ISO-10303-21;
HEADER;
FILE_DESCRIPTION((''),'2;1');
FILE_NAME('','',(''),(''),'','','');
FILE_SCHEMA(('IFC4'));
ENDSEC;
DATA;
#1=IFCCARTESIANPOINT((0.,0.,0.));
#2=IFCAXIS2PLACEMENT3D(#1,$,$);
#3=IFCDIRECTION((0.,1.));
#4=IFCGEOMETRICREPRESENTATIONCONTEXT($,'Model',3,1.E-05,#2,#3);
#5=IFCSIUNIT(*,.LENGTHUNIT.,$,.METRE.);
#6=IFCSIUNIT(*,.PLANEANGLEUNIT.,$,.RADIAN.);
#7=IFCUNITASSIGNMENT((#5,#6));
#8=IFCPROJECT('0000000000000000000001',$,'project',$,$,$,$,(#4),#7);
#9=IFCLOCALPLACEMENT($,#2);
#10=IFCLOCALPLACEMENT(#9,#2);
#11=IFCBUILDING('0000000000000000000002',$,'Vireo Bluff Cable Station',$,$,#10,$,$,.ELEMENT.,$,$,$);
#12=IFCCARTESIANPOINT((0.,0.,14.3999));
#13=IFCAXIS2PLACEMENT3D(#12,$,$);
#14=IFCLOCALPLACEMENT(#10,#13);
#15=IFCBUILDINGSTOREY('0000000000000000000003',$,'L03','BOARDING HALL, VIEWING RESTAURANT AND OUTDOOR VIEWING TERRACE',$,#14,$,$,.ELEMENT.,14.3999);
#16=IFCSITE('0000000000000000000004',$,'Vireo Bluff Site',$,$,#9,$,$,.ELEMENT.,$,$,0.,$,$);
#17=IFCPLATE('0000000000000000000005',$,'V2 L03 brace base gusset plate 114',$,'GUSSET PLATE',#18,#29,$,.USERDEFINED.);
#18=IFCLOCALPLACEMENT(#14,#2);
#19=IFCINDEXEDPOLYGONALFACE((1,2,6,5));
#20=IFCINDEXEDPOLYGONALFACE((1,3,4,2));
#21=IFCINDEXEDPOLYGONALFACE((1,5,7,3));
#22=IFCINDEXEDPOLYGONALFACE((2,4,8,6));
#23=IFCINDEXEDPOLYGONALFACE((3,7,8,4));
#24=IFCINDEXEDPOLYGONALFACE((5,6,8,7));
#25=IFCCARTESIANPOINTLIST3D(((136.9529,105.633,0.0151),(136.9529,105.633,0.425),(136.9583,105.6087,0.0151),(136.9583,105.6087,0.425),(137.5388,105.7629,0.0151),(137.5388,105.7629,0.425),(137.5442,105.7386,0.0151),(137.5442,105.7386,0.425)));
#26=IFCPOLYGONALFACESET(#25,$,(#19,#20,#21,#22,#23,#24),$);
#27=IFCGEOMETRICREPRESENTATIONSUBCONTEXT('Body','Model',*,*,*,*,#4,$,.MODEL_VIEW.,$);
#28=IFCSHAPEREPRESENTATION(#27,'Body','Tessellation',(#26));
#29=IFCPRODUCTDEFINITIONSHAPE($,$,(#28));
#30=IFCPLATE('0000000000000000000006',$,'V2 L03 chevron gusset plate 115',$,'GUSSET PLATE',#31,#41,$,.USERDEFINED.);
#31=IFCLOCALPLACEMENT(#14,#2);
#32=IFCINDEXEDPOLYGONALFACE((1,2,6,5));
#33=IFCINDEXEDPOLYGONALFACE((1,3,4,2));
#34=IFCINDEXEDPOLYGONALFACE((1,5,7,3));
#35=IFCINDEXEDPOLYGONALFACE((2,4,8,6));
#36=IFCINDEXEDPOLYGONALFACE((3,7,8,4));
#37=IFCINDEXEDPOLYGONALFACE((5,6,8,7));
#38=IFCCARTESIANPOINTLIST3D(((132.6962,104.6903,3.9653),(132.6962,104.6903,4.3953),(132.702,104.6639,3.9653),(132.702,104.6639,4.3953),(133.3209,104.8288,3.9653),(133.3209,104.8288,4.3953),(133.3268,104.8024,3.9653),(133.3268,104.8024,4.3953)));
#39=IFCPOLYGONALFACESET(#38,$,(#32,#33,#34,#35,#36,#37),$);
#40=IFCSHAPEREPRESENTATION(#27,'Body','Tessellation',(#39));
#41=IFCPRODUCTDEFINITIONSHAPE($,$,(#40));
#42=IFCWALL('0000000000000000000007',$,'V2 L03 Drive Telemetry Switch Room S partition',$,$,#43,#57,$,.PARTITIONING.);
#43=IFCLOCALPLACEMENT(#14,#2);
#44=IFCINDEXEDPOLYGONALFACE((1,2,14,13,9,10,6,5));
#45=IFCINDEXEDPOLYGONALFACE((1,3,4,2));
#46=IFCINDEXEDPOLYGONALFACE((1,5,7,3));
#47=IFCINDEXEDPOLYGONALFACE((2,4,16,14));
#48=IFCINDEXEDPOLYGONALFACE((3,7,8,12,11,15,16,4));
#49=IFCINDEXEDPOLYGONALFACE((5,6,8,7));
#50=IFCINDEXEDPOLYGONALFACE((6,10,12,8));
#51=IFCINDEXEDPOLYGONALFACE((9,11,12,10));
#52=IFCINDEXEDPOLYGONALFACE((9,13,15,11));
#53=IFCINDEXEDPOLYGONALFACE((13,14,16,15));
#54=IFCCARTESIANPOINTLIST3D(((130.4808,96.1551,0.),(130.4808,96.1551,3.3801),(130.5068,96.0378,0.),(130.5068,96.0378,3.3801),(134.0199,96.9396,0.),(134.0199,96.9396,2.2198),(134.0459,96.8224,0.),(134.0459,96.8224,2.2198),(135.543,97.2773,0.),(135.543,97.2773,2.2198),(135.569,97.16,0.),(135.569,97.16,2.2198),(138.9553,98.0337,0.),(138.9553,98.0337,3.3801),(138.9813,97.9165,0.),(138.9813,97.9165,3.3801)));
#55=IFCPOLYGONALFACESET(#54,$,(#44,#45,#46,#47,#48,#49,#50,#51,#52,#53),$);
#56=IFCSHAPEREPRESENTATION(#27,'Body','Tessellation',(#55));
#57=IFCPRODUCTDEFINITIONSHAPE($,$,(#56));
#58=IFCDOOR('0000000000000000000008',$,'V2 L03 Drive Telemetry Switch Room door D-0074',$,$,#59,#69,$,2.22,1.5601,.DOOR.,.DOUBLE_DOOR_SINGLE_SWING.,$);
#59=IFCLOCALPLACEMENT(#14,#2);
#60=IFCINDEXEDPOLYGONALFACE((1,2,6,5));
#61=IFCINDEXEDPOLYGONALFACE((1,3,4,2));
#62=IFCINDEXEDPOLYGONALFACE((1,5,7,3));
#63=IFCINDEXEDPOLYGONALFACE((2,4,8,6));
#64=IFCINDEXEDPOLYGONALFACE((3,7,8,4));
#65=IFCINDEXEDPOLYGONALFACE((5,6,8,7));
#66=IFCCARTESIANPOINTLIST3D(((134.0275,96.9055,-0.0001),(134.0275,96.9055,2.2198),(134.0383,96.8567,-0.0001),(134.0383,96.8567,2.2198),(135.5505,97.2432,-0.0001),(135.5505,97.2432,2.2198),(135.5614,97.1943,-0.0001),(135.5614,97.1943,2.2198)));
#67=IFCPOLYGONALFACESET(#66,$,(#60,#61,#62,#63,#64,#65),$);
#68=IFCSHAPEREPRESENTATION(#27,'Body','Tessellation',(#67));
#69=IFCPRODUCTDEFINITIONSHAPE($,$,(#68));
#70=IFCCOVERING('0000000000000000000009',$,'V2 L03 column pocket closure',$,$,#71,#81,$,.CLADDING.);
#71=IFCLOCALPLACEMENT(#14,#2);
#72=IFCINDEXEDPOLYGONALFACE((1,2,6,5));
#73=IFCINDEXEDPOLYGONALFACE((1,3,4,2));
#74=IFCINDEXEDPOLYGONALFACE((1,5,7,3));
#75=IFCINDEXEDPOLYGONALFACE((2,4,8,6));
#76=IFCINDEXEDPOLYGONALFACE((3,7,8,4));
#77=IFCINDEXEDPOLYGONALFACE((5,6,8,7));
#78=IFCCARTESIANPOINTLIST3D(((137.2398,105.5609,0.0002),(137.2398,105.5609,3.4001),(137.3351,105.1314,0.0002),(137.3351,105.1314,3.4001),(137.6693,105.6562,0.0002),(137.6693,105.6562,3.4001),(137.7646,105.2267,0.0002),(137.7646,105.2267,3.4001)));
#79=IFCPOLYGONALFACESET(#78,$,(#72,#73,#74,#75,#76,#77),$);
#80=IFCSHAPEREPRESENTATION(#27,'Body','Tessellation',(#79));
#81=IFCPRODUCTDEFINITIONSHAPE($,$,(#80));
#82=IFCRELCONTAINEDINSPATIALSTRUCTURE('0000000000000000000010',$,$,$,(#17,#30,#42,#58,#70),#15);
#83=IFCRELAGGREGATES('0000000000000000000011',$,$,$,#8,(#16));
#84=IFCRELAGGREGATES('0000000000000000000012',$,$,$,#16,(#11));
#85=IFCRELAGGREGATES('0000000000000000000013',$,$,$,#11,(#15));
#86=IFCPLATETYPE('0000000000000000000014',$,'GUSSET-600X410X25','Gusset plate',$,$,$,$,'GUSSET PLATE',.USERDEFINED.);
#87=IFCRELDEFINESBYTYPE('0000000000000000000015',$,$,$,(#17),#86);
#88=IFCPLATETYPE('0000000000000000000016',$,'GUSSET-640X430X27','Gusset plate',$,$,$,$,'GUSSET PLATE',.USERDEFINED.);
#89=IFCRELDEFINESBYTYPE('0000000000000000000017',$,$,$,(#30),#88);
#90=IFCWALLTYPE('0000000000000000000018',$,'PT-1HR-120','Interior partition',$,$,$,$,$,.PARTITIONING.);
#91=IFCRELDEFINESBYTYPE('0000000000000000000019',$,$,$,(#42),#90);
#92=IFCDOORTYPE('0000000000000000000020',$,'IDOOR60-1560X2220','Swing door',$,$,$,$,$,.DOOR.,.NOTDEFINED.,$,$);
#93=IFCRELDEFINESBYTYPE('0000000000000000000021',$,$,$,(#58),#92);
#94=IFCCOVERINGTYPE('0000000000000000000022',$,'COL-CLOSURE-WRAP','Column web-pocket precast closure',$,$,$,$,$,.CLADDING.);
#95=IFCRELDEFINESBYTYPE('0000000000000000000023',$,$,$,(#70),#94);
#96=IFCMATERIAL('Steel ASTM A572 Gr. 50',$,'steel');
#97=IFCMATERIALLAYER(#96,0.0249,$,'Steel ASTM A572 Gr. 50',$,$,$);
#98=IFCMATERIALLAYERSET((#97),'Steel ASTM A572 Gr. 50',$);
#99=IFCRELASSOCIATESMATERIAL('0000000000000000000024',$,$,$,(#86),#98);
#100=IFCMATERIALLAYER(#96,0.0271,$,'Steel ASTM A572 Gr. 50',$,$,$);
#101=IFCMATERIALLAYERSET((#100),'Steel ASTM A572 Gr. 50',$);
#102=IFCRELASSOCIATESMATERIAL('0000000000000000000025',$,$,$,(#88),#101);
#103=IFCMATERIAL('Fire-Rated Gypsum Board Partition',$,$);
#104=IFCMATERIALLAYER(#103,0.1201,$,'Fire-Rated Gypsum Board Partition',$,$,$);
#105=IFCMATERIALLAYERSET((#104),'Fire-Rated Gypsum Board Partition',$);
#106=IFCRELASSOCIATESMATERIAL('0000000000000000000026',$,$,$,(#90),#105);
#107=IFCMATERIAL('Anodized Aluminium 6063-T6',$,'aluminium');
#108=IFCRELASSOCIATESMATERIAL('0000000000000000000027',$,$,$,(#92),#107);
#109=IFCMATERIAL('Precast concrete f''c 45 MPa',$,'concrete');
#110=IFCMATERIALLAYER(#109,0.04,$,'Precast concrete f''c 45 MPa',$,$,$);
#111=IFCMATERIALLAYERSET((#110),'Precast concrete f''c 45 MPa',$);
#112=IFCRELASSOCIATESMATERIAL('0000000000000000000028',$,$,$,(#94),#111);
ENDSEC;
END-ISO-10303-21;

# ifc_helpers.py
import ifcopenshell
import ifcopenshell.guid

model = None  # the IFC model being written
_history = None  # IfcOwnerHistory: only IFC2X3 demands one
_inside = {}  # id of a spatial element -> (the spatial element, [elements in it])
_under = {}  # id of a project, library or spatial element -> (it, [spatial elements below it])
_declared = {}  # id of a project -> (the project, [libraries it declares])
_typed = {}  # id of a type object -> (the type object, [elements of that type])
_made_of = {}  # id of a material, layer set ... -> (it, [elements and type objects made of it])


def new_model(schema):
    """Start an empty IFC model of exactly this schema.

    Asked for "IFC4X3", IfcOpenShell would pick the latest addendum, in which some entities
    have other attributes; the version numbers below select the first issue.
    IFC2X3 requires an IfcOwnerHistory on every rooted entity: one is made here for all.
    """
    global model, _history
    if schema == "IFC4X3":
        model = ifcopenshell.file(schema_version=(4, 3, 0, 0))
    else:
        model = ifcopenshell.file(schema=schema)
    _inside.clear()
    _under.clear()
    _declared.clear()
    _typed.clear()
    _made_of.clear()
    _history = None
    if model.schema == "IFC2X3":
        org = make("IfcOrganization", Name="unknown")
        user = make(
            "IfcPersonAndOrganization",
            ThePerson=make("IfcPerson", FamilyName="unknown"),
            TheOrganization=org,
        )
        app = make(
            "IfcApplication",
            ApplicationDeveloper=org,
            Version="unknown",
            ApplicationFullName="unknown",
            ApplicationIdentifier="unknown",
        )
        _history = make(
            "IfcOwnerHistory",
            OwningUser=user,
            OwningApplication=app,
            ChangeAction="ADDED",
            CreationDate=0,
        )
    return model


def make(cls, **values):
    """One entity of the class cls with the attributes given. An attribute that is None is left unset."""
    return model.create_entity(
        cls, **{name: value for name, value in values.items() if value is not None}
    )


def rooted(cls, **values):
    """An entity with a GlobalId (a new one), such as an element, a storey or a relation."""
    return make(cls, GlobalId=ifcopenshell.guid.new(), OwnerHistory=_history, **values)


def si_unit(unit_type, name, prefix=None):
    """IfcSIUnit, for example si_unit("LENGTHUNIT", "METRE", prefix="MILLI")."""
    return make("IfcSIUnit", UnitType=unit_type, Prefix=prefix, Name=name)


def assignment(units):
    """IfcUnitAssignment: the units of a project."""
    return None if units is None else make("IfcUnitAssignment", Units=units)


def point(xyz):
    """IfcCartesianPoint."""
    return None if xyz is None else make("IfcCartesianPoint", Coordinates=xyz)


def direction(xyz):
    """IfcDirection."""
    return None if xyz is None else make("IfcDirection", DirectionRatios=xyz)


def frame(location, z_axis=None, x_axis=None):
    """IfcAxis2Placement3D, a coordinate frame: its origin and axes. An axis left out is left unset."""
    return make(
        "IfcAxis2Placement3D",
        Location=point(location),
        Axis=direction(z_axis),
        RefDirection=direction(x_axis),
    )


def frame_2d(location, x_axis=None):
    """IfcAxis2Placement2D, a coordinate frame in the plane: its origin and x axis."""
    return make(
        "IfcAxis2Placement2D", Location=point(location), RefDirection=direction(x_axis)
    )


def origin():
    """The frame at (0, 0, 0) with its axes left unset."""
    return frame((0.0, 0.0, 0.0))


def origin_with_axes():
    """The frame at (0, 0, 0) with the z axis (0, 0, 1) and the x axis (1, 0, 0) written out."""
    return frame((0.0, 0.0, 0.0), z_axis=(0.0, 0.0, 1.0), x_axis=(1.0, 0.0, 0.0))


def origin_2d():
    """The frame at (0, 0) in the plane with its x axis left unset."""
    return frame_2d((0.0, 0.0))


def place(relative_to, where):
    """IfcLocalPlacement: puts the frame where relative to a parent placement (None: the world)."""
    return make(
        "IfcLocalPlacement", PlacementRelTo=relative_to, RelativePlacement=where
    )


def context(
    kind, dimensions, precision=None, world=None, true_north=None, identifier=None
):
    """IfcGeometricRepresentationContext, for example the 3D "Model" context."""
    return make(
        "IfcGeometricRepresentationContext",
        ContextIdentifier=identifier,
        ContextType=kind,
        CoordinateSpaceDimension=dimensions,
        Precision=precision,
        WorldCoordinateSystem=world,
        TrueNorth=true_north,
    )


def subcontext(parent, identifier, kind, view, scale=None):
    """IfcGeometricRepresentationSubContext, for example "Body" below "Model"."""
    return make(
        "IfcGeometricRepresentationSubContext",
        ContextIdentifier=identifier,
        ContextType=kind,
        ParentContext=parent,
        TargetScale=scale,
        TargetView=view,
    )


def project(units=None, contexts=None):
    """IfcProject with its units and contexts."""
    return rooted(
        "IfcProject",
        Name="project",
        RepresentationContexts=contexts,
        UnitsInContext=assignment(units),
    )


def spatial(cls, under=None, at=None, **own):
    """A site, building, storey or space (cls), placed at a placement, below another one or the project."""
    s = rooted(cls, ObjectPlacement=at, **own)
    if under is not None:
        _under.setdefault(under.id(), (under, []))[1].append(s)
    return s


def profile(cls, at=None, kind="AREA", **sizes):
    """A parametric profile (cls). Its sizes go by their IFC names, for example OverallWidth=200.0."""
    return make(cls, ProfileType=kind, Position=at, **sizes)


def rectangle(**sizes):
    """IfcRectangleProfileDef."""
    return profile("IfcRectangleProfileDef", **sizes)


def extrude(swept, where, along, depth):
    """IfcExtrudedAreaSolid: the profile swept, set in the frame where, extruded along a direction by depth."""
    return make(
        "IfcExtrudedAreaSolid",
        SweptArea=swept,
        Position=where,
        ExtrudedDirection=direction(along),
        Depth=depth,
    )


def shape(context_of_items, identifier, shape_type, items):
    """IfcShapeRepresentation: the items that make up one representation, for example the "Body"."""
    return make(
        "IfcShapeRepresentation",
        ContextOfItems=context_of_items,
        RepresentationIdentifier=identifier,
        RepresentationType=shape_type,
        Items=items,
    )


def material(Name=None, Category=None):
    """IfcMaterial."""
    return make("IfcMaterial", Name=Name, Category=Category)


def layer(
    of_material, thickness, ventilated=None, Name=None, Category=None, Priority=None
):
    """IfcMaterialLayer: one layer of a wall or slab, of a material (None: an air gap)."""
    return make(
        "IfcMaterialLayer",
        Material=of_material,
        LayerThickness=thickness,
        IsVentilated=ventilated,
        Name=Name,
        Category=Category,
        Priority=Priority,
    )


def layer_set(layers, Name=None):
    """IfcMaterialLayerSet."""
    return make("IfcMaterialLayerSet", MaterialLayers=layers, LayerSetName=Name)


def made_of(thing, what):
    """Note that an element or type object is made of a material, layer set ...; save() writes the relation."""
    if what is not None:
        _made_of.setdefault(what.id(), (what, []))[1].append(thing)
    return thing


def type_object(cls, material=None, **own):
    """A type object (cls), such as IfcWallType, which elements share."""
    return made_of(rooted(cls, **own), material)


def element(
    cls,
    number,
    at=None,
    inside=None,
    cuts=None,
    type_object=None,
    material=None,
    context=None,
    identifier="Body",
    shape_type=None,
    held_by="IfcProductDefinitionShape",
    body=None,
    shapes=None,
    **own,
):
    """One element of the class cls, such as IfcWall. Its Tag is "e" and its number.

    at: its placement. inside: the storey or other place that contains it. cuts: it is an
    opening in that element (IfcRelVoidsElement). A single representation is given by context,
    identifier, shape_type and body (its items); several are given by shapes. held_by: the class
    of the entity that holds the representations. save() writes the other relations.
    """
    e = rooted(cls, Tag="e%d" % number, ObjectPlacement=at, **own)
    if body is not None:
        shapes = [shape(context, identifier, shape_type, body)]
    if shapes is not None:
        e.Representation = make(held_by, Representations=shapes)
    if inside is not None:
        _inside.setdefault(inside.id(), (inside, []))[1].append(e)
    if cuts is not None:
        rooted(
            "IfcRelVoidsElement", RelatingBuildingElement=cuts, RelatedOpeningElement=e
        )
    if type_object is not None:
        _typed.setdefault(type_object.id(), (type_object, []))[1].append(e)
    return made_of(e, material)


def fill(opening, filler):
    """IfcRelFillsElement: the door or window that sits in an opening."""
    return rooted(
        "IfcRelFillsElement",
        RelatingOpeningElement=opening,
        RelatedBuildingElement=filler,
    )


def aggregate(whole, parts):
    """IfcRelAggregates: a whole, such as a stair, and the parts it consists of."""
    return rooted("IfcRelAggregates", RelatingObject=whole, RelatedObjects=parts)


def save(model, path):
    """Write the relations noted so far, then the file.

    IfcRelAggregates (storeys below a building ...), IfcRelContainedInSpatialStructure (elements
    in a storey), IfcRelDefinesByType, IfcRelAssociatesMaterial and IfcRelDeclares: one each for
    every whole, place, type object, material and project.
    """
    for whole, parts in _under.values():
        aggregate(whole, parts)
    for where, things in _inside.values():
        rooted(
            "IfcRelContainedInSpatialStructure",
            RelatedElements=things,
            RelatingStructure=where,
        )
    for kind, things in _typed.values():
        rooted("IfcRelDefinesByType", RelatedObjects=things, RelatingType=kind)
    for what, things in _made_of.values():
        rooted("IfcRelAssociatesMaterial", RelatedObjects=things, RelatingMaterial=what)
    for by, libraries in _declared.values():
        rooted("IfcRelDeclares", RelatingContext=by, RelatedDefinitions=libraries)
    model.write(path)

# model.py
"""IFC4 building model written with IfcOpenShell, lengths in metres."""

from ifc_helpers import new_model, si_unit, direction, frame, frame_2d, origin, origin_with_axes, origin_2d, place, context, subcontext, project, spatial, rectangle, extrude, material, layer, layer_set, type_object, element, fill, save


model = new_model("IFC4")

# Units and contexts
model_context = context("Model", 3, precision=1e-05, world=origin(), true_north=direction((0.0, 1.0)))
body_context = subcontext(model_context, "Body", "Model", "MODEL_VIEW")
ifc_project = project(units=[si_unit("LENGTHUNIT", "METRE"), si_unit("PLANEANGLEUNIT", "RADIAN")], contexts=[model_context])

# Site, building, storey
site_placement = place(None, origin())
site = spatial("IfcSite", under=ifc_project, at=site_placement, Name="Vireo Bluff Site", CompositionType="ELEMENT", RefElevation=0.0)
building_placement = place(site_placement, origin())
building = spatial("IfcBuilding", under=site, at=building_placement, Name="Vireo Bluff Cable Station", CompositionType="ELEMENT")
storey_placement = place(building_placement, frame((0.0, 0.0, 14.3999)))
storey = spatial("IfcBuildingStorey", under=building, at=storey_placement, Name="L03", Description="BOARDING HALL, VIEWING RESTAURANT AND OUTDOOR VIEWING TERRACE", CompositionType="ELEMENT", Elevation=14.3999)

# Shared definitions
ifc_material_1 = material(Name="Anodized Aluminium 6063-T6", Category="aluminium")

# Plates
ifc_material_2 = material(Name="Steel ASTM A572 Gr. 50", Category="steel")
ifc_layer_1 = layer(ifc_material_2, 0.0249, Name="Steel ASTM A572 Gr. 50")
ifc_layer_set_1 = layer_set([ifc_layer_1], Name="Steel ASTM A572 Gr. 50")
plate_type_1 = type_object("IfcPlateType", Name="GUSSET-600X410X25", Description="Gusset plate", ElementType="GUSSET PLATE", PredefinedType="USERDEFINED", material=ifc_layer_set_1)
plate_1_placement = place(storey_placement, frame((137.2485, 105.6858, 0.0151), z_axis=(0.0, 0.0, 1.0), x_axis=(0.976296, 0.21644, 0.0)))
element("IfcPlate", 1, at=plate_1_placement, inside=storey, type_object=plate_type_1, Name="V2 L03 brace base gusset plate 114", ObjectType="GUSSET PLATE", PredefinedType="USERDEFINED", context=body_context, shape_type="SweptSolid", body=[
    extrude(rectangle(XDim=0.6001, YDim=0.0249, at=origin_2d()), origin(), (0.0, 0.0, 1.0), 0.4099),
])
ifc_layer_2 = layer(ifc_material_2, 0.0271, Name="Steel ASTM A572 Gr. 50")
ifc_layer_set_2 = layer_set([ifc_layer_2], Name="Steel ASTM A572 Gr. 50")
plate_type_2 = type_object("IfcPlateType", Name="GUSSET-640X430X27", Description="Gusset plate", ElementType="GUSSET PLATE", PredefinedType="USERDEFINED", material=ifc_layer_set_2)
plate_2_placement = place(storey_placement, frame((133.0115, 104.7463, 3.9653), z_axis=(0.0, 0.0, 1.0), x_axis=(0.976296, 0.21644, 0.0)))
element("IfcPlate", 2, at=plate_2_placement, inside=storey, type_object=plate_type_2, Name="V2 L03 chevron gusset plate 115", ObjectType="GUSSET PLATE", PredefinedType="USERDEFINED", context=body_context, shape_type="SweptSolid", body=[
    extrude(rectangle(XDim=0.6399, YDim=0.0271, at=origin_2d()), origin(), (0.0, 0.0, 1.0), 0.4299),
])

# Wall, opening, door
ifc_material_3 = material(Name="Fire-Rated Gypsum Board Partition")
ifc_layer_3 = layer(ifc_material_3, 0.1201, Name="Fire-Rated Gypsum Board Partition")
ifc_layer_set_3 = layer_set([ifc_layer_3], Name="Fire-Rated Gypsum Board Partition")
wall_type = type_object("IfcWallType", Name="PT-1HR-120", Description="Interior partition", PredefinedType="PARTITIONING", material=ifc_layer_set_3)
wall_placement = place(storey_placement, frame((138.9683, 97.9751, 0.0), z_axis=(0.0, 0.0, 1.0), x_axis=(-0.976297, -0.216433, 0.0)))
wall = element("IfcWall", 3, at=wall_placement, inside=storey, type_object=wall_type, Name="V2 L03 Drive Telemetry Switch Room S partition", PredefinedType="PARTITIONING", context=body_context, shape_type="SweptSolid", body=[
    extrude(rectangle(XDim=8.6802, YDim=0.1201, at=frame_2d((4.3401, 0.0))), origin(), (0.0, 0.0, 1.0), 3.3801),
])
opening_placement = place(wall_placement, frame((3.4951, 0.0, 0.0)))
opening = element("IfcOpeningElement", 4, at=opening_placement, cuts=wall, PredefinedType="OPENING", context=body_context, shape_type="SweptSolid", body=[
    extrude(rectangle(XDim=1.5601, YDim=2.22, at=frame_2d((0.78, 1.1099))), frame((0.0, 0.0701, 0.0), z_axis=(0.0, -1.0, 0.0), x_axis=(1.0, 0.0, 0.0)), (0.0, 0.0, 1.0), 0.1401),
])
door_type = type_object("IfcDoorType", Name="IDOOR60-1560X2220", Description="Swing door", OperationType="NOTDEFINED", PredefinedType="DOOR", material=ifc_material_1)
door_placement = place(opening_placement, origin_with_axes())
door = element("IfcDoor", 5, at=door_placement, inside=storey, type_object=door_type, Name="V2 L03 Drive Telemetry Switch Room door D-0074", OperationType="DOUBLE_DOOR_SINGLE_SWING", OverallHeight=2.22, OverallWidth=1.5601, PredefinedType="DOOR", context=body_context, shape_type="SweptSolid", body=[
    extrude(rectangle(XDim=1.5601, YDim=2.22, at=frame_2d((0.78, 1.1099))), frame((0.0, 0.0249, 0.0), z_axis=(0.0, -1.0, 0.0), x_axis=(1.0, 0.0, 0.0)), (0.0, 0.0, 1.0), 0.05),
])
fill(opening, door)

# Covering
ifc_material_4 = material(Name="Precast concrete f'c 45 MPa", Category="concrete")
ifc_layer_4 = layer(ifc_material_4, 0.04, Name="Precast concrete f'c 45 MPa")
ifc_layer_set_4 = layer_set([ifc_layer_4], Name="Precast concrete f'c 45 MPa")
covering_type = type_object("IfcCoveringType", Name="COL-CLOSURE-WRAP", Description="Column web-pocket precast closure", PredefinedType="CLADDING", material=ifc_layer_set_4)
covering_placement = place(storey_placement, frame((137.5022, 105.3938, 0.0002), z_axis=(0.0, 0.0, 1.0), x_axis=(0.976296, 0.21644, 0.0)))
element("IfcCovering", 6, at=covering_placement, inside=storey, type_object=covering_type, Name="V2 L03 column pocket closure", PredefinedType="CLADDING", context=body_context, shape_type="SweptSolid", body=[
    extrude(rectangle(XDim=0.4399, YDim=0.4399, at=origin_2d()), origin(), (0.0, 0.0, 1.0), 3.3999),
])

save(model, "model.ifc")
